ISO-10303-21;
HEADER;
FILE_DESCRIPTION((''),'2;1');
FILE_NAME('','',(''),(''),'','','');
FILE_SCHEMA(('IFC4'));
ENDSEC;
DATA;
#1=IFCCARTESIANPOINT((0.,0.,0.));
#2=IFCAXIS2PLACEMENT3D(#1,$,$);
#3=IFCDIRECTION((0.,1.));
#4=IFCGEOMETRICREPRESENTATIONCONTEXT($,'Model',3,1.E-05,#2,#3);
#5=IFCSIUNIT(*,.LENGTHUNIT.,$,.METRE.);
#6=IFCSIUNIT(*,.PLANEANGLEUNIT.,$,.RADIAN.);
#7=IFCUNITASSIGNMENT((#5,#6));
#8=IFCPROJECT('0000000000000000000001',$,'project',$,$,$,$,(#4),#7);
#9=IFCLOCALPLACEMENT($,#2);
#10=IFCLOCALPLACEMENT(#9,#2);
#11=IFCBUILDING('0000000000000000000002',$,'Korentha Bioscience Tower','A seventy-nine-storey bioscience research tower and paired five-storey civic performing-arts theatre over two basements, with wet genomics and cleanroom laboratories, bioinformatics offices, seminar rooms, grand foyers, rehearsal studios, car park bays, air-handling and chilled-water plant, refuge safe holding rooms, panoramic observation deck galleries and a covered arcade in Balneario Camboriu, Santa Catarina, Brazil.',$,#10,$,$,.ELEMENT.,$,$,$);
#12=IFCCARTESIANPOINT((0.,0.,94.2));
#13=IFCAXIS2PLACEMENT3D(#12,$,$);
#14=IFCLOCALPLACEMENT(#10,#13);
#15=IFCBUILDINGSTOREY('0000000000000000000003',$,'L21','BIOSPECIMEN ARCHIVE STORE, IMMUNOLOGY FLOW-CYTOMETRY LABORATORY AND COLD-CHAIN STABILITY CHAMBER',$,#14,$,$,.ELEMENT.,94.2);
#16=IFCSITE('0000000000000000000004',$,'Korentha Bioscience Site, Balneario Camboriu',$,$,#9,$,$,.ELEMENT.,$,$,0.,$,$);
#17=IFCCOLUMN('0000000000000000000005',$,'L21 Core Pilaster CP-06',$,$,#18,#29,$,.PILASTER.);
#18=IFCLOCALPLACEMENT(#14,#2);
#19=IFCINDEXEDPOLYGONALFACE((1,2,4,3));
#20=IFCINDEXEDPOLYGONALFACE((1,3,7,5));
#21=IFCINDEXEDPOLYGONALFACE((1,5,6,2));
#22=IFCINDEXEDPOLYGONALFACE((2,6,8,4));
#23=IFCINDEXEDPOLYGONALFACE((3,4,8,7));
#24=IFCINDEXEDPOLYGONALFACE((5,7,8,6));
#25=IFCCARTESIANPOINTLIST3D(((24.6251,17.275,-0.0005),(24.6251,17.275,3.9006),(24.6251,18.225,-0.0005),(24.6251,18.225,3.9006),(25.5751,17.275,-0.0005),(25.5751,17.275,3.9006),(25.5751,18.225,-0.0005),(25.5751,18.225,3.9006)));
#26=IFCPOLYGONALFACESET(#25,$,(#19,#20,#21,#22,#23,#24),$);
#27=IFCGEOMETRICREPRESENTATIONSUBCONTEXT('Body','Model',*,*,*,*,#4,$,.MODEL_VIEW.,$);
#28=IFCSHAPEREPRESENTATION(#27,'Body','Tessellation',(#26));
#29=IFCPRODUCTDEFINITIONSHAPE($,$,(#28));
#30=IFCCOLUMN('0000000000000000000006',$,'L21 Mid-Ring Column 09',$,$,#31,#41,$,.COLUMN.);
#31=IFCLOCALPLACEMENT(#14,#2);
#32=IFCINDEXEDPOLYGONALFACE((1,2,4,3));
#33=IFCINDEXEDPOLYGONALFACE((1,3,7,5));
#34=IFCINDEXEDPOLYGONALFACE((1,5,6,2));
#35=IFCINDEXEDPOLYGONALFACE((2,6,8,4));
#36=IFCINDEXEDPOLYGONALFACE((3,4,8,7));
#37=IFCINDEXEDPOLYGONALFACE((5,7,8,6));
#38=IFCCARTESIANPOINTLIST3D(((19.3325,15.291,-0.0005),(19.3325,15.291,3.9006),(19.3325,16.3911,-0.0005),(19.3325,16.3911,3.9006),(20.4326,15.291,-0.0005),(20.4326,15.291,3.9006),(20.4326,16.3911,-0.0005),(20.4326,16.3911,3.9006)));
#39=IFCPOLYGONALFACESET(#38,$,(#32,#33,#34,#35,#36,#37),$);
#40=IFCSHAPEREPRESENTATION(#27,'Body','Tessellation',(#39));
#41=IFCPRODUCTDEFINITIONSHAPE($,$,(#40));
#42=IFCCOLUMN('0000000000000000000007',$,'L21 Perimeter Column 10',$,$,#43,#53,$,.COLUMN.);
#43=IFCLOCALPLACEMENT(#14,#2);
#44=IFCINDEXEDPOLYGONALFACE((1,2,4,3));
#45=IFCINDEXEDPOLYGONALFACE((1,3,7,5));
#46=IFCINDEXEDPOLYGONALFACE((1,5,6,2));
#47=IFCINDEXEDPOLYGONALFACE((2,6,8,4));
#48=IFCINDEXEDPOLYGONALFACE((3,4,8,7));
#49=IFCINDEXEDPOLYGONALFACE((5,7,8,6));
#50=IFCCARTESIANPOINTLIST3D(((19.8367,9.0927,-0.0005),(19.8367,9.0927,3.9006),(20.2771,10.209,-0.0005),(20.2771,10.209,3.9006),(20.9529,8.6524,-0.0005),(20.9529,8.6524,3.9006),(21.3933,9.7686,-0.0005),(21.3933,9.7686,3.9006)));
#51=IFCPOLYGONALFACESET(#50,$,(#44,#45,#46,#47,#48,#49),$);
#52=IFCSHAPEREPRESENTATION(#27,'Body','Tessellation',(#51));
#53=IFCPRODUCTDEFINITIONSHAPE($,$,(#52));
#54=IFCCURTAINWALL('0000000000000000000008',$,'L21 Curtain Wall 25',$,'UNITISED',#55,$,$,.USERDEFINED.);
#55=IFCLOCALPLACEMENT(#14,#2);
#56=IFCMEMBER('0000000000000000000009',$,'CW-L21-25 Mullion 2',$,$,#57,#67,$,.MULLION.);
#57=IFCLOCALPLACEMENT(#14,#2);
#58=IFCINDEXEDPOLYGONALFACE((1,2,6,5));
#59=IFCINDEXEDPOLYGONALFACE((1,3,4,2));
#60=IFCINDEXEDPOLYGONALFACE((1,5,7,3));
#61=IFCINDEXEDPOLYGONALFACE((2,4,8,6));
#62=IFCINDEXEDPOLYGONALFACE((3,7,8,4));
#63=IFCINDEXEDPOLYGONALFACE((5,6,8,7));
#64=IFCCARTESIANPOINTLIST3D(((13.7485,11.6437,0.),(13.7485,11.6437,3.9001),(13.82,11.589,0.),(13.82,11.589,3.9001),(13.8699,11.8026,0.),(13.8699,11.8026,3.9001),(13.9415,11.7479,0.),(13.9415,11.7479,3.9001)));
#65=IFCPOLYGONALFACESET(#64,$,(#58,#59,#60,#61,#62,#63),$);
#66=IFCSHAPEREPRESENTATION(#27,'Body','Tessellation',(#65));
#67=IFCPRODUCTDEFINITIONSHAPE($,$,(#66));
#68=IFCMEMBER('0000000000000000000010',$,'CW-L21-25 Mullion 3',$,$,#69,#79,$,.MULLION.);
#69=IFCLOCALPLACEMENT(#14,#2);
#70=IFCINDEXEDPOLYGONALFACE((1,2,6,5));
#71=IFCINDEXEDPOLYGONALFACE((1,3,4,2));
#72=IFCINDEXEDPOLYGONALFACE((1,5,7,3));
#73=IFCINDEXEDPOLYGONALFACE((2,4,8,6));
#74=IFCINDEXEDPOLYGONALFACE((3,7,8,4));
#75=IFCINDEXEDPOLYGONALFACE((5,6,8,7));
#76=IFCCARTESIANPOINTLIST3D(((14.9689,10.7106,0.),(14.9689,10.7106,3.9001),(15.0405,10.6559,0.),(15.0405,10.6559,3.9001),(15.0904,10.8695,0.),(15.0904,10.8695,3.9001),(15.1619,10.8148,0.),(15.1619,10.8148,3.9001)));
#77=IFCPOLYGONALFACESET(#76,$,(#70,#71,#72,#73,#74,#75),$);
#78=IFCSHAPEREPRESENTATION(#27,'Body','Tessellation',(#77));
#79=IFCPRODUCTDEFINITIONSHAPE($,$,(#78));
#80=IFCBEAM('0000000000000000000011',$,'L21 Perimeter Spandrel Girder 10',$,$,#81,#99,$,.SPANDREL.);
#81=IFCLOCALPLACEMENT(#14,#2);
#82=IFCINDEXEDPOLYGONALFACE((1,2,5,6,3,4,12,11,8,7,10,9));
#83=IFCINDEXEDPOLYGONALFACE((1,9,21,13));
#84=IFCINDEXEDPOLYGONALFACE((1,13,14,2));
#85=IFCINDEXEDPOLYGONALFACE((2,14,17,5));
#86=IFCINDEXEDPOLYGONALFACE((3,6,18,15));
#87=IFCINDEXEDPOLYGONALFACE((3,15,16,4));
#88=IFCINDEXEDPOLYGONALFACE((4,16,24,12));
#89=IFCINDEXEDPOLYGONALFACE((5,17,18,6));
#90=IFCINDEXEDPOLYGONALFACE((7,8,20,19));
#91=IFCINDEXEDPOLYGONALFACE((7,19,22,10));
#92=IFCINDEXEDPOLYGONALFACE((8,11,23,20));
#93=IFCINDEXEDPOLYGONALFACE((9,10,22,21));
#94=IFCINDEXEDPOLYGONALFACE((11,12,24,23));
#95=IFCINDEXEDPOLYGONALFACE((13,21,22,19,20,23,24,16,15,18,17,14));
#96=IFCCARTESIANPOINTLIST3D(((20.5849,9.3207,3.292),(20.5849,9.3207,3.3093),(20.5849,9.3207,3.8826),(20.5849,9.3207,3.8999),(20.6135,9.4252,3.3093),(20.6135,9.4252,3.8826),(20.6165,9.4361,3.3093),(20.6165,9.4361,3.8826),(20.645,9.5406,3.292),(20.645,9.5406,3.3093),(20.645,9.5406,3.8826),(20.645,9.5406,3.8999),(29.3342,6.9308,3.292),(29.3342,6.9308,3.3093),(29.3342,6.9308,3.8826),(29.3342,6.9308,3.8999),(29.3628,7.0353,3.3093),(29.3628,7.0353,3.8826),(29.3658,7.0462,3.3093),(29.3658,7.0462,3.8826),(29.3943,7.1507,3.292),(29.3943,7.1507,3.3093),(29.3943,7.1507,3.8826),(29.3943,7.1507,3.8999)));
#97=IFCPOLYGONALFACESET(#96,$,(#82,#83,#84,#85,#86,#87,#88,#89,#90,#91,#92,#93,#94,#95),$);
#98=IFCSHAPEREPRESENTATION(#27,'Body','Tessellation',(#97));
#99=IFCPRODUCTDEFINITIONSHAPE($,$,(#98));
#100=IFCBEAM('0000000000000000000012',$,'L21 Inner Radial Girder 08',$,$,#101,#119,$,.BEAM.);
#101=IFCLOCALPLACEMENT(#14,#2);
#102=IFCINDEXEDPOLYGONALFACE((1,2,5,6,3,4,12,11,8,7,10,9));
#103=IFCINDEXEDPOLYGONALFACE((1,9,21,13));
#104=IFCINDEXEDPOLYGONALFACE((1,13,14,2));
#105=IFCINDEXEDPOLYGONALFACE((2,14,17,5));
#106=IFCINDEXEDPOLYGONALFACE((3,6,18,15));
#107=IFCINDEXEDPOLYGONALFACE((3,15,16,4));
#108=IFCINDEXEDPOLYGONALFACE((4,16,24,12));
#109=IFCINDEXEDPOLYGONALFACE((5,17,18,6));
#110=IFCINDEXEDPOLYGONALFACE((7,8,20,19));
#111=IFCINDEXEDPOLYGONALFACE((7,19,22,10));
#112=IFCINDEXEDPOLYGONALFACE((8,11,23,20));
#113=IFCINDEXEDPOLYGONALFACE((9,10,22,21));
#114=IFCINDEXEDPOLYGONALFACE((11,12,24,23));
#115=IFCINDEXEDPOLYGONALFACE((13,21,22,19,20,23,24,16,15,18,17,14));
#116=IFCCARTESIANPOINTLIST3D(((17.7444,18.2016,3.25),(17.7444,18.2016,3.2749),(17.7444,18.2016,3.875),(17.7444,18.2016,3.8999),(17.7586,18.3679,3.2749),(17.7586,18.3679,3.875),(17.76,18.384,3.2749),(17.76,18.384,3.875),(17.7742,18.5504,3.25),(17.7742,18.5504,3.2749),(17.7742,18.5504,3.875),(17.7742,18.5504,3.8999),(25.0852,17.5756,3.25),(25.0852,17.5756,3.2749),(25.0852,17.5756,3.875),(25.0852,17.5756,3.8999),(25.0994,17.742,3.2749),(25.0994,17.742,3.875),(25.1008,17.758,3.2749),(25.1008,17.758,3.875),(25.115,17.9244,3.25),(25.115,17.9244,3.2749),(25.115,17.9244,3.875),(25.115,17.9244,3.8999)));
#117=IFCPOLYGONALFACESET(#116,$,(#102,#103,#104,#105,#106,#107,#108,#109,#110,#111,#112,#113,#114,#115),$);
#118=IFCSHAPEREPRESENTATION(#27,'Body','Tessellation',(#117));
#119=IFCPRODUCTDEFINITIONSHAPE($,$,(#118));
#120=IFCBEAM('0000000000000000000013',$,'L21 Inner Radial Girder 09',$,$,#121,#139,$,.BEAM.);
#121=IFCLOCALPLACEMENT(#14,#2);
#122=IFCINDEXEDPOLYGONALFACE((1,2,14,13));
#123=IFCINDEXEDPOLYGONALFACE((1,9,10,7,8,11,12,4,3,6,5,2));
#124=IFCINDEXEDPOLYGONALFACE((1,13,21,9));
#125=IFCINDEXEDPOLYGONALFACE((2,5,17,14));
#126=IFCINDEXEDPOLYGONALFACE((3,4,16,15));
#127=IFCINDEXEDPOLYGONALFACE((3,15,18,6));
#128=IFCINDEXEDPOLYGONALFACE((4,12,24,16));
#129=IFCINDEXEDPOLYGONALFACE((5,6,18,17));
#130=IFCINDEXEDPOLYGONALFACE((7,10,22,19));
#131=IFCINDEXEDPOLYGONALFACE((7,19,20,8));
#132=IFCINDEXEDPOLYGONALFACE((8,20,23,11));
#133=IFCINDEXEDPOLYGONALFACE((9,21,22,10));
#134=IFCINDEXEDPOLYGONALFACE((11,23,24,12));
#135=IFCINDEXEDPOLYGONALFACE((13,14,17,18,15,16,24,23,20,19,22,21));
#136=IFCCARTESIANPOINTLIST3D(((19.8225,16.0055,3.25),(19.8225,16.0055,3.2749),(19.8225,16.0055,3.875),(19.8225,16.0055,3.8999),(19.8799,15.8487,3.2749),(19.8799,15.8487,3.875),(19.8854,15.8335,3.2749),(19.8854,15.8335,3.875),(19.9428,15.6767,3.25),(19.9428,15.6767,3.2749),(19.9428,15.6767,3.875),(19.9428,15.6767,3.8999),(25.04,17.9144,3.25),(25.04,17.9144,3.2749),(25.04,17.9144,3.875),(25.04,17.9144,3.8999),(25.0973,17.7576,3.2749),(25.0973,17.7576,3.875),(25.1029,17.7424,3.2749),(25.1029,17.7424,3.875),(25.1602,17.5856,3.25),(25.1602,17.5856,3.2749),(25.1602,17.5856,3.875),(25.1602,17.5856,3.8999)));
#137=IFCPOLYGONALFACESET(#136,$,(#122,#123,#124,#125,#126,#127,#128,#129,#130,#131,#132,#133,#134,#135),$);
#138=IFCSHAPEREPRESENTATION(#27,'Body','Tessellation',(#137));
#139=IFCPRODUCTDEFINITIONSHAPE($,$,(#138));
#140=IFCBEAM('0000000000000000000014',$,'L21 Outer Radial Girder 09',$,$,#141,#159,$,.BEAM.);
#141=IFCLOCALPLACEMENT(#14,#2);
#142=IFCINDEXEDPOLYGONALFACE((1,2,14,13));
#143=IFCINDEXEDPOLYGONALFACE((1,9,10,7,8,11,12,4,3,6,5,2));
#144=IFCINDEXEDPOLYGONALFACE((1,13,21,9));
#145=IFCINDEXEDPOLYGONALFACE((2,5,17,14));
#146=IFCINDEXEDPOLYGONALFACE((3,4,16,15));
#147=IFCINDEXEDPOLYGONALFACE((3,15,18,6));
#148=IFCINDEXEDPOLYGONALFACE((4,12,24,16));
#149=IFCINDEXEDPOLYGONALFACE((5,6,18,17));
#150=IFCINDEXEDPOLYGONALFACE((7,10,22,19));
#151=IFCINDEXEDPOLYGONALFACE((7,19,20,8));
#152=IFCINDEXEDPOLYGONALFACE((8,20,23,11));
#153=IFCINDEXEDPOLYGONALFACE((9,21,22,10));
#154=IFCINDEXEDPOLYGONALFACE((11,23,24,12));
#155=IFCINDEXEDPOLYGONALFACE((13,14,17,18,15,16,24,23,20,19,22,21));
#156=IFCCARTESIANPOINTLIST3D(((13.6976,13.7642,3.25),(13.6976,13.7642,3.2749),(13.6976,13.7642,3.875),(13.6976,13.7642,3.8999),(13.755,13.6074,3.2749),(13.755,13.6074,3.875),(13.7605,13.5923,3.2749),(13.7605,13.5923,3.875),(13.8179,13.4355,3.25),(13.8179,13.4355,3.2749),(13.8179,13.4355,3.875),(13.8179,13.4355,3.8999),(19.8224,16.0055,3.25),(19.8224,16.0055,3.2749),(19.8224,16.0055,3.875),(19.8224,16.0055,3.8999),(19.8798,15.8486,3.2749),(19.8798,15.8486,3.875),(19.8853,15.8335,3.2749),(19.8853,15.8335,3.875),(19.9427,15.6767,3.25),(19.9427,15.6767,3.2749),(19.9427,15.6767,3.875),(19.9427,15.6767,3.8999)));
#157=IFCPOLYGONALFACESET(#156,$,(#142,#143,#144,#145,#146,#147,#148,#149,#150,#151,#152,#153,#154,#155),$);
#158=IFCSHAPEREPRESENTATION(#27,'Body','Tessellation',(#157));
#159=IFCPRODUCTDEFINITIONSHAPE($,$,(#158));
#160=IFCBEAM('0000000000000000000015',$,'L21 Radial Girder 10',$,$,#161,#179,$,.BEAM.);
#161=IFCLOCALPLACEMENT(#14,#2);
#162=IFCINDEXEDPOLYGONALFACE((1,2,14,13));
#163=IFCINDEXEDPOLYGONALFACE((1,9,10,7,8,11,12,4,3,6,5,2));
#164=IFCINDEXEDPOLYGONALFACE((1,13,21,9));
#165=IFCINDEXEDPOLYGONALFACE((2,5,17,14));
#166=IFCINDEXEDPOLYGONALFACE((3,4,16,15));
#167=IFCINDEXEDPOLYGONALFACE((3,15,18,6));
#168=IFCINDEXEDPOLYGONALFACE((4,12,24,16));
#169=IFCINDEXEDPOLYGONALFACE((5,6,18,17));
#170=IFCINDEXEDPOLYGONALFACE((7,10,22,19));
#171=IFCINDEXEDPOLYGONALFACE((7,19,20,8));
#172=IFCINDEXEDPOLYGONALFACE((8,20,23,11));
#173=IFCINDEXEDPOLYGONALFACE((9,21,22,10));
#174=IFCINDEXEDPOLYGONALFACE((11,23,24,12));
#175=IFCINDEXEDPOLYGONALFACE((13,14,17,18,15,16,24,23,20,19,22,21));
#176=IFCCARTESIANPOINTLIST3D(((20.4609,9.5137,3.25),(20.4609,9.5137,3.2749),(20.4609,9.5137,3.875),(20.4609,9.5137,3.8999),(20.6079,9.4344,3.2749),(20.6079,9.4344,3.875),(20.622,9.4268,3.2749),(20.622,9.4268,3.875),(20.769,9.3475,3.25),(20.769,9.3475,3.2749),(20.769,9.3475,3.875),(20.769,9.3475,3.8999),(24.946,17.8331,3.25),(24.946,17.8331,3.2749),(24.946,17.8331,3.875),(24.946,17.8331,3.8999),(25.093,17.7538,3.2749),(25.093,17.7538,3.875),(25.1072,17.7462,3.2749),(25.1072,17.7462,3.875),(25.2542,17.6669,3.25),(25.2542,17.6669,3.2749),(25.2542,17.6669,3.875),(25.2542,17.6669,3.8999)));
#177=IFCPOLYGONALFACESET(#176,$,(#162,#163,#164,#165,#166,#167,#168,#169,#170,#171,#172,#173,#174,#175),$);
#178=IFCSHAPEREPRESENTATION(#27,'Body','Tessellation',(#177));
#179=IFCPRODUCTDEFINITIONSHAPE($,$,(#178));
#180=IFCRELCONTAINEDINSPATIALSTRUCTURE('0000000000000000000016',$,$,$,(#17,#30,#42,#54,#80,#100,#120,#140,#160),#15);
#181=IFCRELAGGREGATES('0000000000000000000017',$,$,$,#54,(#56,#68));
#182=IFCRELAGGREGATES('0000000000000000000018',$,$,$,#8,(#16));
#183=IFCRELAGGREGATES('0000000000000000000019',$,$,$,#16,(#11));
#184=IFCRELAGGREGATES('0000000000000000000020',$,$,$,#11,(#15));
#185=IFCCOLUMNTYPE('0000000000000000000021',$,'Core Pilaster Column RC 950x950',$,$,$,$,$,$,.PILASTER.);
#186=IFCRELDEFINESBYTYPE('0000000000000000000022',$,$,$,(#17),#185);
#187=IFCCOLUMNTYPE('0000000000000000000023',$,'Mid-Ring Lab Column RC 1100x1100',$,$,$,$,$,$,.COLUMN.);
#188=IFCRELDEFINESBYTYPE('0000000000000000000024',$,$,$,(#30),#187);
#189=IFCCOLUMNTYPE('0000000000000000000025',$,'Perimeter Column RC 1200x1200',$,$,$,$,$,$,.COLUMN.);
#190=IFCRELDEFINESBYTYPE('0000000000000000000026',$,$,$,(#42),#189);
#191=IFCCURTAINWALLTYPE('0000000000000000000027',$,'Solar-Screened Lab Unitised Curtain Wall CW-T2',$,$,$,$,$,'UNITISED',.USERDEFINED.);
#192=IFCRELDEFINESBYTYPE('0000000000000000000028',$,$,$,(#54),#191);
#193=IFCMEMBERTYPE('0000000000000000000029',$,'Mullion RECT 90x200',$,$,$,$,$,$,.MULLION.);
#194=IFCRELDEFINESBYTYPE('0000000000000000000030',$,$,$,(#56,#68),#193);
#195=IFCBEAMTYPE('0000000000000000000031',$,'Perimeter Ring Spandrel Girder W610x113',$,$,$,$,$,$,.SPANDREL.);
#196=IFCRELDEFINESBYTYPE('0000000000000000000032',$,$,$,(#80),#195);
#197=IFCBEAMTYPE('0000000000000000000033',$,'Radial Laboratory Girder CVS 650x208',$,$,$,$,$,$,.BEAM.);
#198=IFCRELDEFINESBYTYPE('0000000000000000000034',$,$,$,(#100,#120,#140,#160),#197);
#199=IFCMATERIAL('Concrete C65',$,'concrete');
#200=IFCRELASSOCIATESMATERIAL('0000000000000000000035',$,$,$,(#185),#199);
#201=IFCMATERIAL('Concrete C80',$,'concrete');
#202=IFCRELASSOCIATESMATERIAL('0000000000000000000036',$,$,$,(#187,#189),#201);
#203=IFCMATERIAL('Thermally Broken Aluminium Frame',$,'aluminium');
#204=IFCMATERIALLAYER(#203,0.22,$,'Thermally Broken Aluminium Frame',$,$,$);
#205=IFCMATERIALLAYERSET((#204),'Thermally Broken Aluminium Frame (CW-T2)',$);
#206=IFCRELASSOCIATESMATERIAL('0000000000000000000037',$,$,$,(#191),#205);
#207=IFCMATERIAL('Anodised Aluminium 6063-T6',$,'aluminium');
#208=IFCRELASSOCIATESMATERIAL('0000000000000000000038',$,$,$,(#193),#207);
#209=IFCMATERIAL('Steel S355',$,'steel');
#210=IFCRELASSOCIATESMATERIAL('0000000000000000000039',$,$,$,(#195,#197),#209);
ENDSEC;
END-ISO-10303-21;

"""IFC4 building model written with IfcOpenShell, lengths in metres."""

from ifc_helpers import new_model, si_unit, direction, frame, origin, origin_2d, place, context, subcontext, project, spatial, rectangle, i_section, extrude, material, layer, layer_set, material_profile, profile_set, type_object, element, aggregate, save


model = new_model("IFC4")

# Units and contexts
model_context = context("Model", 3, precision=1e-05, world=origin(), true_north=direction((0.0, 1.0)))
body_context = subcontext(model_context, "Body", "Model", "MODEL_VIEW")
ifc_project = project(units=[si_unit("LENGTHUNIT", "METRE"), si_unit("PLANEANGLEUNIT", "RADIAN")], contexts=[model_context])

# Site, building, storey
site_placement = place(None, origin())
site = spatial("IfcSite", under=ifc_project, at=site_placement, Name="Korentha Bioscience Site, Balneario Camboriu", CompositionType="ELEMENT", RefElevation=0.0)
building_placement = place(site_placement, origin())
building = spatial("IfcBuilding", under=site, at=building_placement, Name="Korentha Bioscience Tower", Description="A seventy-nine-storey bioscience research tower and paired five-storey civic performing-arts theatre over two basements, with wet genomics and cleanroom laboratories, bioinformatics offices, seminar rooms, grand foyers, rehearsal studios, car park bays, air-handling and chilled-water plant, refuge safe holding rooms, panoramic observation deck galleries and a covered arcade in Balneario Camboriu, Santa Catarina, Brazil.", CompositionType="ELEMENT")
storey_placement = place(building_placement, frame((0.0, 0.0, 94.2)))
storey = spatial("IfcBuildingStorey", under=building, at=storey_placement, Name="L21", Description="BIOSPECIMEN ARCHIVE STORE, IMMUNOLOGY FLOW-CYTOMETRY LABORATORY AND COLD-CHAIN STABILITY CHAMBER", CompositionType="ELEMENT", Elevation=94.2)

# Columns
ifc_material_1 = material(Name="Concrete C65", Category="concrete")
ifc_material_profile_1 = material_profile(ifc_material_1, rectangle(XDim=0.95, YDim=0.95, at=origin_2d()), Name="Concrete C65")
ifc_profile_set_1 = profile_set([ifc_material_profile_1], Name="Concrete C65 (COL-CP09)")
column_type_1 = type_object("IfcColumnType", Name="Core Pilaster Column RC 950x950", PredefinedType="PILASTER", material=ifc_profile_set_1)
column_1_placement = place(storey_placement, frame((25.1001, 17.75, -0.0005), z_axis=(0.0, 0.0, 1.0), x_axis=(1.0, 0.0, 0.0)))
element("IfcColumn", 1, at=column_1_placement, inside=storey, type_object=column_type_1, Name="L21 Core Pilaster CP-06", PredefinedType="PILASTER", context=body_context, shape_type="SweptSolid", body=[
    extrude(rectangle(XDim=0.95, YDim=0.95, at=origin_2d()), origin(), (0.0, 0.0, 1.0), 3.9011),
])
ifc_material_2 = material(Name="Concrete C80", Category="concrete")
ifc_material_profile_2 = material_profile(ifc_material_2, rectangle(XDim=1.1001, YDim=1.1001, at=origin_2d()), Name="Concrete C80")
ifc_profile_set_2 = profile_set([ifc_material_profile_2], Name="Concrete C80 (COL-MR11)")
column_type_2 = type_object("IfcColumnType", Name="Mid-Ring Lab Column RC 1100x1100", PredefinedType="COLUMN", material=ifc_profile_set_2)
column_2_placement = place(storey_placement, frame((19.8826, 15.8411, -0.0005), z_axis=(0.0, 0.0, 1.0), x_axis=(1.0, 0.0, 0.0)))
element("IfcColumn", 2, at=column_2_placement, inside=storey, type_object=column_type_2, Name="L21 Mid-Ring Column 09", PredefinedType="COLUMN", context=body_context, shape_type="SweptSolid", body=[
    extrude(rectangle(XDim=1.1001, YDim=1.1001, at=origin_2d()), origin(), (0.0, 0.0, 1.0), 3.9011),
])
ifc_material_profile_3 = material_profile(ifc_material_2, rectangle(XDim=1.2, YDim=1.2, at=origin_2d()), Name="Concrete C80")
ifc_profile_set_3 = profile_set([ifc_material_profile_3], Name="Concrete C80 (COL-P12)")
column_type_3 = type_object("IfcColumnType", Name="Perimeter Column RC 1200x1200", PredefinedType="COLUMN", material=ifc_profile_set_3)
column_3_placement = place(storey_placement, frame((20.615, 9.4307, -0.0005), z_axis=(0.0, 0.0, 1.0), x_axis=(-0.930226, 0.366988, 0.0)))
element("IfcColumn", 3, at=column_3_placement, inside=storey, type_object=column_type_3, Name="L21 Perimeter Column 10", PredefinedType="COLUMN", context=body_context, shape_type="SweptSolid", body=[
    extrude(rectangle(XDim=1.2, YDim=1.2, at=origin_2d()), origin(), (0.0, 0.0, 1.0), 3.9011),
])

# Curtain wall, members
ifc_material_3 = material(Name="Thermally Broken Aluminium Frame", Category="aluminium")
ifc_layer_1 = layer(ifc_material_3, 0.22, Name="Thermally Broken Aluminium Frame")
ifc_layer_set_1 = layer_set([ifc_layer_1], Name="Thermally Broken Aluminium Frame (CW-T2)")
curtain_wall_type = type_object("IfcCurtainWallType", Name="Solar-Screened Lab Unitised Curtain Wall CW-T2", ElementType="UNITISED", PredefinedType="USERDEFINED", material=ifc_layer_set_1)
curtain_wall_placement = place(storey_placement, origin())
curtain_wall = element("IfcCurtainWall", 4, at=curtain_wall_placement, inside=storey, type_object=curtain_wall_type, Name="L21 Curtain Wall 25", ObjectType="UNITISED", PredefinedType="USERDEFINED")
ifc_material_4 = material(Name="Anodised Aluminium 6063-T6", Category="aluminium")
ifc_material_profile_4 = material_profile(ifc_material_4, rectangle(XDim=0.0901, YDim=0.2, at=origin_2d()), Name="Anodised Aluminium 6063-T6")
ifc_profile_set_4 = profile_set([ifc_material_profile_4], Name="Anodised Aluminium 6063-T6 (CW-MUL)")
member_type_1 = type_object("IfcMemberType", Name="Mullion RECT 90x200", PredefinedType="MULLION", material=ifc_profile_set_4)
member_1_placement = place(storey_placement, frame((13.845, 11.6958, 0.0), z_axis=(0.0, 0.0, 1.0), x_axis=(0.7945, -0.607265, 0.0)))
member_1 = element("IfcMember", 5, at=member_1_placement, type_object=member_type_1, Name="CW-L21-25 Mullion 2", PredefinedType="MULLION", context=body_context, shape_type="SweptSolid", body=[
    extrude(rectangle(XDim=0.0901, YDim=0.2, at=origin_2d()), origin(), (0.0, 0.0, 1.0), 3.9001),
])
member_2_placement = place(storey_placement, frame((15.0654, 10.7627, 0.0), z_axis=(0.0, 0.0, 1.0), x_axis=(0.7945, -0.607265, 0.0)))
member_2 = element("IfcMember", 6, at=member_2_placement, type_object=member_type_1, Name="CW-L21-25 Mullion 3", PredefinedType="MULLION", context=body_context, shape_type="SweptSolid", body=[
    extrude(rectangle(XDim=0.0901, YDim=0.2, at=origin_2d()), origin(), (0.0, 0.0, 1.0), 3.9001),
])

# Beams
ifc_material_5 = material(Name="Steel S355", Category="steel")
ifc_material_profile_5 = material_profile(ifc_material_5, i_section(OverallWidth=0.228, OverallDepth=0.6079, WebThickness=0.0112, FlangeThickness=0.0173, at=origin_2d()), Name="Steel S355")
ifc_profile_set_5 = profile_set([ifc_material_profile_5], Name="Steel S355 (SB-610)")
beam_type_1 = type_object("IfcBeamType", Name="Perimeter Ring Spandrel Girder W610x113", PredefinedType="SPANDREL", material=ifc_profile_set_5)
beam_1_placement = place(storey_placement, frame((20.615, 9.4307, 3.5959), z_axis=(0.964659, -0.2635, 0.0), x_axis=(0.2635, 0.964659, 0.0)))
element("IfcBeam", 7, at=beam_1_placement, inside=storey, type_object=beam_type_1, Name="L21 Perimeter Spandrel Girder 10", PredefinedType="SPANDREL", context=body_context, shape_type="SweptSolid", body=[
    extrude(i_section(OverallWidth=0.228, OverallDepth=0.6079, WebThickness=0.0112, FlangeThickness=0.0173, at=origin_2d()), origin(), (0.0, 0.0, 1.0), 9.0698),
])
ifc_material_profile_6 = material_profile(ifc_material_5, i_section(OverallWidth=0.3501, OverallDepth=0.6499, WebThickness=0.0161, FlangeThickness=0.0249, at=origin_2d()), Name="Steel S355")
ifc_profile_set_6 = profile_set([ifc_material_profile_6], Name="Steel S355 (RB-650)")
beam_type_2 = type_object("IfcBeamType", Name="Radial Laboratory Girder CVS 650x208", PredefinedType="BEAM", material=ifc_profile_set_6)
beam_2_placement = place(storey_placement, frame((25.1001, 17.75, 3.575), z_axis=(-0.996384, 0.084965, 0.0), x_axis=(-0.084965, -0.996384, 0.0)))
element("IfcBeam", 8, at=beam_2_placement, inside=storey, type_object=beam_type_2, Name="L21 Inner Radial Girder 08", PredefinedType="BEAM", context=body_context, shape_type="SweptSolid", body=[
    extrude(i_section(OverallWidth=0.3501, OverallDepth=0.6499, WebThickness=0.0161, FlangeThickness=0.0249, at=origin_2d()), origin(), (0.0, 0.0, 1.0), 7.3674),
])
beam_3_placement = place(storey_placement, frame((25.1001, 17.75, 3.575), z_axis=(-0.939118, -0.343595, 0.0), x_axis=(0.343595, -0.939118, 0.0)))
element("IfcBeam", 9, at=beam_3_placement, inside=storey, type_object=beam_type_2, Name="L21 Inner Radial Girder 09", PredefinedType="BEAM", context=body_context, shape_type="SweptSolid", body=[
    extrude(i_section(OverallWidth=0.3501, OverallDepth=0.6499, WebThickness=0.0161, FlangeThickness=0.0249, at=origin_2d()), origin(), (0.0, 0.0, 1.0), 5.5557),
])
beam_4_placement = place(storey_placement, frame((19.8826, 15.8411, 3.575), z_axis=(-0.939101, -0.343642, 0.0), x_axis=(0.343642, -0.939101, 0.0)))
element("IfcBeam", 10, at=beam_4_placement, inside=storey, type_object=beam_type_2, Name="L21 Outer Radial Girder 09", PredefinedType="BEAM", context=body_context, shape_type="SweptSolid", body=[
    extrude(i_section(OverallWidth=0.3501, OverallDepth=0.6499, WebThickness=0.0161, FlangeThickness=0.0249, at=origin_2d()), origin(), (0.0, 0.0, 1.0), 6.522),
])
beam_5_placement = place(storey_placement, frame((25.1001, 17.75, 3.575), z_axis=(-0.474548, -0.88023, 0.0), x_axis=(0.88023, -0.474548, 0.0)))
element("IfcBeam", 11, at=beam_5_placement, inside=storey, type_object=beam_type_2, Name="L21 Radial Girder 10", PredefinedType="BEAM", context=body_context, shape_type="SweptSolid", body=[
    extrude(i_section(OverallWidth=0.3501, OverallDepth=0.6499, WebThickness=0.0161, FlangeThickness=0.0249, at=origin_2d()), origin(), (0.0, 0.0, 1.0), 9.4514),
])

aggregate(curtain_wall, [member_1, member_2])

save(model, "model.ifc")
